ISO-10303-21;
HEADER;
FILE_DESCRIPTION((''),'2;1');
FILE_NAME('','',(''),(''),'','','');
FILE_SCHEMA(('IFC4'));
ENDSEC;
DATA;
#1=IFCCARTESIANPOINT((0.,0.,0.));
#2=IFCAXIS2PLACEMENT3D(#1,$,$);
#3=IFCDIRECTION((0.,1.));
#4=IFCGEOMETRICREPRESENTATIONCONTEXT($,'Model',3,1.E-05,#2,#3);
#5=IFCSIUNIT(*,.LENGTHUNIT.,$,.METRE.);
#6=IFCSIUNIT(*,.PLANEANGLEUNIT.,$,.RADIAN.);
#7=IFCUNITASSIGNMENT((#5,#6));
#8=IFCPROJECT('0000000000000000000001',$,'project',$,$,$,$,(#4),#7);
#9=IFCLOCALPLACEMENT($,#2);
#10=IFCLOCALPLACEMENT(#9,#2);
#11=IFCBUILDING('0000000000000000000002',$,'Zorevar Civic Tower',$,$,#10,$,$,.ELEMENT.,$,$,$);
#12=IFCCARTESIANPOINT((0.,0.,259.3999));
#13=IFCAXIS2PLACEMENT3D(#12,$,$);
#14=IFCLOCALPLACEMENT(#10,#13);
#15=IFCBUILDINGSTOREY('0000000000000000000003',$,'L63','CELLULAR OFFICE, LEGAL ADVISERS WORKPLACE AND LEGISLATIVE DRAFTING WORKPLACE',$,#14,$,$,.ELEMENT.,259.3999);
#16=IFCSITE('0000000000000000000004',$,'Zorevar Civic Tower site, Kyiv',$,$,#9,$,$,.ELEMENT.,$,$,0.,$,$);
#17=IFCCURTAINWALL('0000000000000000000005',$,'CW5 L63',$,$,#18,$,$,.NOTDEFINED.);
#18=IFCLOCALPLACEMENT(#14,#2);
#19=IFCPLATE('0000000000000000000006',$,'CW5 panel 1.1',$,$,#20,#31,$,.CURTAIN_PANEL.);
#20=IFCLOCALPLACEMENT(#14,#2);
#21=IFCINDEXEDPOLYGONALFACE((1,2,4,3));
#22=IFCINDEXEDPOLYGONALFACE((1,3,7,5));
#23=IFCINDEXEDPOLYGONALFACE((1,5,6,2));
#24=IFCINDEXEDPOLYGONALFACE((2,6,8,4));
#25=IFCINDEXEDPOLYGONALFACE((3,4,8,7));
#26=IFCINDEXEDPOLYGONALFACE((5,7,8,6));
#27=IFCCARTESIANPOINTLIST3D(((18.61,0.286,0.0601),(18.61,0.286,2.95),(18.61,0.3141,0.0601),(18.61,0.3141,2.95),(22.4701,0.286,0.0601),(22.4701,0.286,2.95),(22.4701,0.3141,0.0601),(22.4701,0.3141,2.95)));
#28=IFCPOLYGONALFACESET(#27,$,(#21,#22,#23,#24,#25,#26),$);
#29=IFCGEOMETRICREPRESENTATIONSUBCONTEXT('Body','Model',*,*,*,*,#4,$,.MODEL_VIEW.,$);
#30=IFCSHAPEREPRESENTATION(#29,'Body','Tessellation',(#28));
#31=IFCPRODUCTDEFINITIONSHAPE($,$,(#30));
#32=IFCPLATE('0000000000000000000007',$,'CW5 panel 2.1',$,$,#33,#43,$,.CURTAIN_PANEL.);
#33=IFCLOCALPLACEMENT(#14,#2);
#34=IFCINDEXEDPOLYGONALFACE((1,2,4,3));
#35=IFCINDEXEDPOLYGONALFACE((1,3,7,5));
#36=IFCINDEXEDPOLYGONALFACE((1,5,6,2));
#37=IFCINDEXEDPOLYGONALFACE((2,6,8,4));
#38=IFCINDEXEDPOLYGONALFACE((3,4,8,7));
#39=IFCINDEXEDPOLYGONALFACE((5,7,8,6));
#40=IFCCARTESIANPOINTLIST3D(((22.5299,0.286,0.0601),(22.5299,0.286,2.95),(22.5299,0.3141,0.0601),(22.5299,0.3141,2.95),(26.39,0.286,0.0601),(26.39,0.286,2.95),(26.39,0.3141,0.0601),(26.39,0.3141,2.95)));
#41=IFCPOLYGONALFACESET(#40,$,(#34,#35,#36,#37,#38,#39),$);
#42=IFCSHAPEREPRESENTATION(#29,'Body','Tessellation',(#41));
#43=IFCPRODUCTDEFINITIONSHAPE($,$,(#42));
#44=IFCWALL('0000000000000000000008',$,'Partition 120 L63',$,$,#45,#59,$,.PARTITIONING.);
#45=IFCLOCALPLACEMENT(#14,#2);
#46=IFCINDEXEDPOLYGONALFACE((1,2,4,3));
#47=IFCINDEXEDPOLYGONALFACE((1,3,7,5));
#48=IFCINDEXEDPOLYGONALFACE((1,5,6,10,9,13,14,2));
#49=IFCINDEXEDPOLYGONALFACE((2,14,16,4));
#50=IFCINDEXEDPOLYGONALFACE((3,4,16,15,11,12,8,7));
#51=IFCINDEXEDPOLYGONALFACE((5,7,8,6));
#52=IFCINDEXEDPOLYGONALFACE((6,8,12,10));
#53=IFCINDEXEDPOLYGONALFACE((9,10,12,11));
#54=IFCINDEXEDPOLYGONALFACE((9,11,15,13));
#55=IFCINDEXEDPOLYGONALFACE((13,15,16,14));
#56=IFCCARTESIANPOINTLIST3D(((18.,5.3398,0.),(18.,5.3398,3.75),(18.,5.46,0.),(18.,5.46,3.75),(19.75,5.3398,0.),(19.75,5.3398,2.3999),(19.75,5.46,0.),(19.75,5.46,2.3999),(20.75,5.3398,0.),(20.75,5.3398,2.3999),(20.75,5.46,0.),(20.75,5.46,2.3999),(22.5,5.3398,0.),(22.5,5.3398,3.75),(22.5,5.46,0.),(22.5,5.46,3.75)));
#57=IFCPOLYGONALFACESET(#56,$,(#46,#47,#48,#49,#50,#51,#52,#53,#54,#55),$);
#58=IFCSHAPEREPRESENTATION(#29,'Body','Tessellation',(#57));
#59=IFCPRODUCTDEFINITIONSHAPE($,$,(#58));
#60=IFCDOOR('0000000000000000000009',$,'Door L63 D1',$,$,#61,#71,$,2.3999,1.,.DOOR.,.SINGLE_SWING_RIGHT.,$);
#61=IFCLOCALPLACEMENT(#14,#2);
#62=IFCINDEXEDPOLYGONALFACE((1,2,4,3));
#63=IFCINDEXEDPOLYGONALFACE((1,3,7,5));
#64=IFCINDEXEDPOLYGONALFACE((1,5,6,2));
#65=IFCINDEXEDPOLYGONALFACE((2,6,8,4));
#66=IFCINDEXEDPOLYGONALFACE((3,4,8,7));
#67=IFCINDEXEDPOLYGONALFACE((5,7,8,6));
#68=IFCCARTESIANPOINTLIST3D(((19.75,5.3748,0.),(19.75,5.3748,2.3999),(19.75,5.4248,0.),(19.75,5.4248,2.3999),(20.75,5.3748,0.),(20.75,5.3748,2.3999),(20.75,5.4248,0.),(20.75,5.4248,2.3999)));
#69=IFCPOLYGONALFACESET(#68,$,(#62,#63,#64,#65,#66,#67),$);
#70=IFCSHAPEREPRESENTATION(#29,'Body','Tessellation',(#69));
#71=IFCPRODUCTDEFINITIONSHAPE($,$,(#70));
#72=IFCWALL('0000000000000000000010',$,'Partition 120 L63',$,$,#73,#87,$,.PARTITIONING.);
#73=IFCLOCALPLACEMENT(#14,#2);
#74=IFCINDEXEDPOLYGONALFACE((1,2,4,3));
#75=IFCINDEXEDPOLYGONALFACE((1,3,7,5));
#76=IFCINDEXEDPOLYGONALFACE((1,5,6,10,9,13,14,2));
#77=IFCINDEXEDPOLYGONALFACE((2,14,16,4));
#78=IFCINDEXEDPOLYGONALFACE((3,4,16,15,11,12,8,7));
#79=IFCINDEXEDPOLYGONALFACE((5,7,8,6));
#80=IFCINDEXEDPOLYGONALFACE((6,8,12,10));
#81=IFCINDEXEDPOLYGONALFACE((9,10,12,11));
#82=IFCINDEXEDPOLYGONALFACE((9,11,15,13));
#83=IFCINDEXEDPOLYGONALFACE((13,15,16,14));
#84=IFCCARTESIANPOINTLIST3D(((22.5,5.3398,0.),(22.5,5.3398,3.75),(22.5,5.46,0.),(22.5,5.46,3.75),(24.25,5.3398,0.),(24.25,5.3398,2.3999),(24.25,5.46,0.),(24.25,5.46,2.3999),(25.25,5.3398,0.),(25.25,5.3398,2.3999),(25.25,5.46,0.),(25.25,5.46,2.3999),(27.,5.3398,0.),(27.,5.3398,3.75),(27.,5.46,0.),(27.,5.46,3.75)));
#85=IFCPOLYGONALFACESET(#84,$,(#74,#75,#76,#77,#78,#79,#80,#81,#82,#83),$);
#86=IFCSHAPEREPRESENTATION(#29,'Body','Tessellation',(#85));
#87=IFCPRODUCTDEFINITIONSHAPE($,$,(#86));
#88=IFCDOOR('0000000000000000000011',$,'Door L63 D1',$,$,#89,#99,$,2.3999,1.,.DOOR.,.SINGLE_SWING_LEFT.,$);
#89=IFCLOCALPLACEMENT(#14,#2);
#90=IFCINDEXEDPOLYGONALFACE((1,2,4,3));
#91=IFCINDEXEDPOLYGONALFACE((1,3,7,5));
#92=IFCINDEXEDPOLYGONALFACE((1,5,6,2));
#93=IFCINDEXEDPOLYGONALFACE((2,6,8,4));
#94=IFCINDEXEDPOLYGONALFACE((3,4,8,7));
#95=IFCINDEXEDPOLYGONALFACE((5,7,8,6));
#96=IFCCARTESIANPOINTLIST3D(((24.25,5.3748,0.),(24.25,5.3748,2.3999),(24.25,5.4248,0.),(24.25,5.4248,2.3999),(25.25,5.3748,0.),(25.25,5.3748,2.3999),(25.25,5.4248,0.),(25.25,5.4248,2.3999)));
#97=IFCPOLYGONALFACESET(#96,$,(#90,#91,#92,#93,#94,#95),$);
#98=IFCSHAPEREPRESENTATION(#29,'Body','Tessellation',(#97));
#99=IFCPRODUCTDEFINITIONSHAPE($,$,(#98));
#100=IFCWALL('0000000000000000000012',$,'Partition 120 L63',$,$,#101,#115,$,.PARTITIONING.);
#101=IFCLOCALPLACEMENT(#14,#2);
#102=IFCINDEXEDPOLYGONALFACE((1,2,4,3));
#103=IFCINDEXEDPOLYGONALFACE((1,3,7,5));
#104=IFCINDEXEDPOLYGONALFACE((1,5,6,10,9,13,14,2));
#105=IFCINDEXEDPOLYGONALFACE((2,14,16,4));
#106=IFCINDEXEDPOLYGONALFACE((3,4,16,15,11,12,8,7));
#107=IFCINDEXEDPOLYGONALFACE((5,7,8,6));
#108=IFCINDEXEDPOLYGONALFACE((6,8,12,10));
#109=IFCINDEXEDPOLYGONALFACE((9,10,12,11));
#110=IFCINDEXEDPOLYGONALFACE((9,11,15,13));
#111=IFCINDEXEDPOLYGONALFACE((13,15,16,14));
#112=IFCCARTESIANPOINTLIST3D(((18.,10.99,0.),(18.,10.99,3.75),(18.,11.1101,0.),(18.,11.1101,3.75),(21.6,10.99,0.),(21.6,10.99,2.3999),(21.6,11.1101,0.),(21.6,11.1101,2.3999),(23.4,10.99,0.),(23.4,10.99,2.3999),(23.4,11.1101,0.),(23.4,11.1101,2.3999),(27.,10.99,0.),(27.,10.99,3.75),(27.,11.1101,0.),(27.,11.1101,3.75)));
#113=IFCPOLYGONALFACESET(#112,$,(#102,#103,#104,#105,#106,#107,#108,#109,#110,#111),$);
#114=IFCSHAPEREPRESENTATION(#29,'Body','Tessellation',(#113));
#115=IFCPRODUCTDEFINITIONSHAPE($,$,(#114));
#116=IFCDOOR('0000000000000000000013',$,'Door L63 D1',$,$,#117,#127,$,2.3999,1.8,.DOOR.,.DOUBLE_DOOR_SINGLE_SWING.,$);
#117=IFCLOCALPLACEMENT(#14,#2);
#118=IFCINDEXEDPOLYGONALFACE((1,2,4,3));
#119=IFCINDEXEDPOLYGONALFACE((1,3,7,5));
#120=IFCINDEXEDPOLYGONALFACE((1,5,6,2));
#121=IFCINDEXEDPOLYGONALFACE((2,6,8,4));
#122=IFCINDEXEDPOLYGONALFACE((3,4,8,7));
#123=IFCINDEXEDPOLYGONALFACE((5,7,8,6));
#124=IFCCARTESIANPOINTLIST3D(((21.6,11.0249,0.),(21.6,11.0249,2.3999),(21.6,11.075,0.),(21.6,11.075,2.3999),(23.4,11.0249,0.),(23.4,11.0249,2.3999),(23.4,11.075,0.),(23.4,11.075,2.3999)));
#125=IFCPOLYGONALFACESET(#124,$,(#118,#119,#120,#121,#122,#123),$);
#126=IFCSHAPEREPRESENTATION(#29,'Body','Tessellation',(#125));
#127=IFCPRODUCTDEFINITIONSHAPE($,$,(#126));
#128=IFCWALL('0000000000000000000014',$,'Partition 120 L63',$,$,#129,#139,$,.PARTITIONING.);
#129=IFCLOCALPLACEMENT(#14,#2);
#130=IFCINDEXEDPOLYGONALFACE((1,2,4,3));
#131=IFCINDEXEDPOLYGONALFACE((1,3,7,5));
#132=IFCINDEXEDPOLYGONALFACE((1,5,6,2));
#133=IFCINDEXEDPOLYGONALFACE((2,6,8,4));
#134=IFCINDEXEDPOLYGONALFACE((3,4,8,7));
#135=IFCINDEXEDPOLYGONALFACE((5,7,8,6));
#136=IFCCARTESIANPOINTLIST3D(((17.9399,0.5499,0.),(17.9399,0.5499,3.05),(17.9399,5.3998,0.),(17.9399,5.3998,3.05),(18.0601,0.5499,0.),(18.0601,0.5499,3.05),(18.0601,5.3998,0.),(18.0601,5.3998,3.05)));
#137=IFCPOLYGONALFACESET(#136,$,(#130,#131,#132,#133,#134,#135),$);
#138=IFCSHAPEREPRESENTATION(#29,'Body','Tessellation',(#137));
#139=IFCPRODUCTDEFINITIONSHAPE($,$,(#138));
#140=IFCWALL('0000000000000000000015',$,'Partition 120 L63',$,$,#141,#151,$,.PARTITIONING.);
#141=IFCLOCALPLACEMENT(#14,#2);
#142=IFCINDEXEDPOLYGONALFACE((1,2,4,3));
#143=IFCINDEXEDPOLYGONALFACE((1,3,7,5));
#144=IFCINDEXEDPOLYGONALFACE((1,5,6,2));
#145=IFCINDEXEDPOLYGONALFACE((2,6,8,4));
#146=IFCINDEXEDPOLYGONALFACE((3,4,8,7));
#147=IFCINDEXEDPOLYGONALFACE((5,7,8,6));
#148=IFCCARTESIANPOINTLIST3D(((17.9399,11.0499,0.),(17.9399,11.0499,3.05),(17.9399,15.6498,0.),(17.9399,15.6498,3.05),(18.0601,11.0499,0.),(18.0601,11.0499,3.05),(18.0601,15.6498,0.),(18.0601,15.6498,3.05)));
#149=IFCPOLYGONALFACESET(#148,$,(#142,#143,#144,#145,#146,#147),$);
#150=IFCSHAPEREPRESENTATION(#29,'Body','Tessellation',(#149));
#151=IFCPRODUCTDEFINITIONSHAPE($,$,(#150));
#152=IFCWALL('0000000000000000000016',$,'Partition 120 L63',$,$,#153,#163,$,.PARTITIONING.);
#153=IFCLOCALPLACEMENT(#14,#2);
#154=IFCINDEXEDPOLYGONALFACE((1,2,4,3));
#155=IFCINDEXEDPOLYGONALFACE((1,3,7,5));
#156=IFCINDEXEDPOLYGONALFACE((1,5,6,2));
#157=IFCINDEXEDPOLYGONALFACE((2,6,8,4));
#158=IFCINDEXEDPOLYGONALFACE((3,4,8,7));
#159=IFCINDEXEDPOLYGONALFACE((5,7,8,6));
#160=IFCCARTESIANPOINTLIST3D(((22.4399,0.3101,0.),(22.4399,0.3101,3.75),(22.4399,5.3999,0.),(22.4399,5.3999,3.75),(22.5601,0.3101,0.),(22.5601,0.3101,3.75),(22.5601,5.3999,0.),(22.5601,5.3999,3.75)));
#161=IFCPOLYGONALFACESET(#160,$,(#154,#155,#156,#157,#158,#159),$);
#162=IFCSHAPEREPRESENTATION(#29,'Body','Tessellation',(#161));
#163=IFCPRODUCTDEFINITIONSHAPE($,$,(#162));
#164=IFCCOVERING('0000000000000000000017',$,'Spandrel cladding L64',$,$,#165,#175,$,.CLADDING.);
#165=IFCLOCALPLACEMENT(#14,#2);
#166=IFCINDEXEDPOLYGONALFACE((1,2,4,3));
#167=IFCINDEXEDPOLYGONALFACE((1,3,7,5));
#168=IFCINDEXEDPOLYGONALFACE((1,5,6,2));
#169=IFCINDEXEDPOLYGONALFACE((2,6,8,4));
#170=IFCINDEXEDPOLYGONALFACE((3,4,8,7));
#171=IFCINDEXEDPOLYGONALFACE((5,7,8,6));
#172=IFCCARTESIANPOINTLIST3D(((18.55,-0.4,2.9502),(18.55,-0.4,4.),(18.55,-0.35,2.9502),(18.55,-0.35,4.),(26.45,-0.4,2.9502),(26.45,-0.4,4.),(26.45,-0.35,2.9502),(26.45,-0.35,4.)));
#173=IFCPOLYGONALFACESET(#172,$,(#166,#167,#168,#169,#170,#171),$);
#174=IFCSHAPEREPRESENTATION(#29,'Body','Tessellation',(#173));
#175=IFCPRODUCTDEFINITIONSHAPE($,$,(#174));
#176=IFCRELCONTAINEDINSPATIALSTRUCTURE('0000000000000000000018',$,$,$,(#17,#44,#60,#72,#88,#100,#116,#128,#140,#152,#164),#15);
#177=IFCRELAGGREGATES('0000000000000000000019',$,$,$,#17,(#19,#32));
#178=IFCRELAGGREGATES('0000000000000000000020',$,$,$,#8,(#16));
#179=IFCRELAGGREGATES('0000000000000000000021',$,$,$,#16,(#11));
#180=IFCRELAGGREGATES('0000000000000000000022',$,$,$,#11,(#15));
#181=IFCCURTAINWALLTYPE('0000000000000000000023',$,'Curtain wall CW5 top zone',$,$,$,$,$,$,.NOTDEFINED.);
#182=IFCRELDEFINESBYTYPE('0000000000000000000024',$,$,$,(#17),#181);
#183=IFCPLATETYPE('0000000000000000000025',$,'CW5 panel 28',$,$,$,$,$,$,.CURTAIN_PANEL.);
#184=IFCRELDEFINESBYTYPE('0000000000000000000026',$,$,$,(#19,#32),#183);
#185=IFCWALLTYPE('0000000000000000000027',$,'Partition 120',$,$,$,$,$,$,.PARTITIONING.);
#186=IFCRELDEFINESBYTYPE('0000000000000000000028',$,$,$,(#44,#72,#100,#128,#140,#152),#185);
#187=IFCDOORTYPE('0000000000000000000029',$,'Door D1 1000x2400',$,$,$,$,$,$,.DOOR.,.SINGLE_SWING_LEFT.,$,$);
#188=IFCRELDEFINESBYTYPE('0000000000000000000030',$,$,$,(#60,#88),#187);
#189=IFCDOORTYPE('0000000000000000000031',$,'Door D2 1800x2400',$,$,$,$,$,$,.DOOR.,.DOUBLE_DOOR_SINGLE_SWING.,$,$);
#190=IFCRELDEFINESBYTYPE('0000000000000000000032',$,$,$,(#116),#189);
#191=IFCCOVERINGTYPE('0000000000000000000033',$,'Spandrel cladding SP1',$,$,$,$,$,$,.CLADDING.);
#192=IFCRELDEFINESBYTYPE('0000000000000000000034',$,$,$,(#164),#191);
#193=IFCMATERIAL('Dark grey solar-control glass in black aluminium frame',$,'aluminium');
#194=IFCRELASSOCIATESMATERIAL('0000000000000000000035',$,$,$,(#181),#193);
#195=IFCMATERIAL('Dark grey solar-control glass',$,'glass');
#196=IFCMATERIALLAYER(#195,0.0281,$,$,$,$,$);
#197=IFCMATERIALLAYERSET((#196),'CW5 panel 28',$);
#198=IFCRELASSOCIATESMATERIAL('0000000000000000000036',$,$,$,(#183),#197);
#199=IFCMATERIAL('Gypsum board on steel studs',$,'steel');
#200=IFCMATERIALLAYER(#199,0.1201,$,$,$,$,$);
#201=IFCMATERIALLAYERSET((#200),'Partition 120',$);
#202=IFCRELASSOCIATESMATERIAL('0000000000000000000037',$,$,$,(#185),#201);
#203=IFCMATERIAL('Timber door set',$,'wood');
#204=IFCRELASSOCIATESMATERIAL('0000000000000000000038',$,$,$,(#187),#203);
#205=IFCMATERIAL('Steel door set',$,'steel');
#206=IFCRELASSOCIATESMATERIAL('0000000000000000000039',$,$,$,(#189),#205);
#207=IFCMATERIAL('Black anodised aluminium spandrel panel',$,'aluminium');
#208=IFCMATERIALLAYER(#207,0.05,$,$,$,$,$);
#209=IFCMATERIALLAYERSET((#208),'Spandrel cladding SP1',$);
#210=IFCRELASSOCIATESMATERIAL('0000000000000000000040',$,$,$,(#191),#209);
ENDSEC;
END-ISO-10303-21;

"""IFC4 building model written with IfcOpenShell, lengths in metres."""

from ifc_helpers import new_model, si_unit, direction, frame, frame_2d, origin, origin_2d, place, context, subcontext, project, spatial, rectangle, extrude, material, layer, layer_set, type_object, element, fill, aggregate, save


model = new_model("IFC4")

# Units and contexts
model_context = context("Model", 3, precision=1e-05, world=origin(), true_north=direction((0.0, 1.0)))
body_context = subcontext(model_context, "Body", "Model", "MODEL_VIEW")
ifc_project = project(units=[si_unit("LENGTHUNIT", "METRE"), si_unit("PLANEANGLEUNIT", "RADIAN")], contexts=[model_context])

# Site, building, storey
site_placement = place(None, origin())
site = spatial("IfcSite", under=ifc_project, at=site_placement, Name="Zorevar Civic Tower site, Kyiv", CompositionType="ELEMENT", RefElevation=0.0)
building_placement = place(site_placement, origin())
building = spatial("IfcBuilding", under=site, at=building_placement, Name="Zorevar Civic Tower", CompositionType="ELEMENT")
storey_placement = place(building_placement, frame((0.0, 0.0, 259.3999)))
storey = spatial("IfcBuildingStorey", under=building, at=storey_placement, Name="L63", Description="CELLULAR OFFICE, LEGAL ADVISERS WORKPLACE AND LEGISLATIVE DRAFTING WORKPLACE", CompositionType="ELEMENT", Elevation=259.3999)

# Curtain wall
ifc_material_1 = material(Name="Dark grey solar-control glass in black aluminium frame", Category="aluminium")
curtain_wall_type = type_object("IfcCurtainWallType", Name="Curtain wall CW5 top zone", PredefinedType="NOTDEFINED", material=ifc_material_1)
curtain_wall_1_placement = place(storey_placement, origin())
curtain_wall_1 = element("IfcCurtainWall", 1, at=curtain_wall_1_placement, inside=storey, type_object=curtain_wall_type, Name="CW5 L63", PredefinedType="NOTDEFINED")

# Plates
ifc_material_2 = material(Name="Dark grey solar-control glass", Category="glass")
ifc_layer_1 = layer(ifc_material_2, 0.0281)
ifc_layer_set_1 = layer_set([ifc_layer_1], Name="CW5 panel 28")
plate_type = type_object("IfcPlateType", Name="CW5 panel 28", PredefinedType="CURTAIN_PANEL", material=ifc_layer_set_1)
plate_1_placement = place(storey_placement, frame((20.54, 0.3, 0.0601), z_axis=(0.0, 0.0, 1.0), x_axis=(1.0, 0.0, 0.0)))
plate_1 = element("IfcPlate", 2, at=plate_1_placement, type_object=plate_type, Name="CW5 panel 1.1", PredefinedType="CURTAIN_PANEL", context=body_context, shape_type="SweptSolid", body=[
    extrude(rectangle(XDim=3.8601, YDim=0.0281, at=origin_2d()), origin(), (0.0, 0.0, 1.0), 2.8899),
])
plate_2_placement = place(storey_placement, frame((24.46, 0.3, 0.0601), z_axis=(0.0, 0.0, 1.0), x_axis=(1.0, 0.0, 0.0)))
plate_2 = element("IfcPlate", 3, at=plate_2_placement, type_object=plate_type, Name="CW5 panel 2.1", PredefinedType="CURTAIN_PANEL", context=body_context, shape_type="SweptSolid", body=[
    extrude(rectangle(XDim=3.8601, YDim=0.0281, at=origin_2d()), origin(), (0.0, 0.0, 1.0), 2.8899),
])
aggregate(curtain_wall_1, [plate_1, plate_2])

# Walls, openings, doors
ifc_material_3 = material(Name="Gypsum board on steel studs", Category="steel")
ifc_layer_2 = layer(ifc_material_3, 0.1201)
ifc_layer_set_2 = layer_set([ifc_layer_2], Name="Partition 120")
wall_type = type_object("IfcWallType", Name="Partition 120", PredefinedType="PARTITIONING", material=ifc_layer_set_2)
wall_1_placement = place(storey_placement, frame((18.0, 5.3999, 0.0), z_axis=(0.0, 0.0, 1.0), x_axis=(1.0, 0.0, 0.0)))
wall_1 = element("IfcWall", 4, at=wall_1_placement, inside=storey, type_object=wall_type, Name="Partition 120 L63", PredefinedType="PARTITIONING", context=body_context, shape_type="SweptSolid", body=[
    extrude(rectangle(XDim=4.5, YDim=0.1201, at=frame_2d((2.25, 0.0))), origin(), (0.0, 0.0, 1.0), 3.75),
])
opening_1_placement = place(wall_1_placement, frame((1.75, 0.0, 0.0)))
opening_1 = element("IfcOpeningElement", 5, at=opening_1_placement, cuts=wall_1, PredefinedType="OPENING", context=body_context, shape_type="SweptSolid", body=[
    extrude(rectangle(XDim=1.0, YDim=2.3999, at=frame_2d((0.5, 1.2))), frame((0.0, 0.0701, 0.0), z_axis=(0.0, -1.0, 0.0), x_axis=(1.0, 0.0, 0.0)), (0.0, 0.0, 1.0), 0.1401),
])
ifc_material_4 = material(Name="Timber door set", Category="wood")
door_type_1 = type_object("IfcDoorType", Name="Door D1 1000x2400", OperationType="SINGLE_SWING_LEFT", PredefinedType="DOOR", material=ifc_material_4)
door_1_placement = place(opening_1_placement, origin())
door_1 = element("IfcDoor", 6, at=door_1_placement, inside=storey, type_object=door_type_1, Name="Door L63 D1", OperationType="SINGLE_SWING_RIGHT", OverallHeight=2.3999, OverallWidth=1.0, PredefinedType="DOOR", context=body_context, shape_type="SweptSolid", body=[
    extrude(rectangle(XDim=1.0, YDim=2.3999, at=frame_2d((0.5, 1.2))), frame((0.0, 0.0249, 0.0), z_axis=(0.0, -1.0, 0.0), x_axis=(1.0, 0.0, 0.0)), (0.0, 0.0, 1.0), 0.05),
])
fill(opening_1, door_1)
wall_2_placement = place(storey_placement, frame((22.5, 5.3999, 0.0), z_axis=(0.0, 0.0, 1.0), x_axis=(1.0, 0.0, 0.0)))
wall_2 = element("IfcWall", 7, at=wall_2_placement, inside=storey, type_object=wall_type, Name="Partition 120 L63", PredefinedType="PARTITIONING", context=body_context, shape_type="SweptSolid", body=[
    extrude(rectangle(XDim=4.5, YDim=0.1201, at=frame_2d((2.25, 0.0))), origin(), (0.0, 0.0, 1.0), 3.75),
])
opening_2_placement = place(wall_2_placement, frame((1.75, 0.0, 0.0)))
opening_2 = element("IfcOpeningElement", 8, at=opening_2_placement, cuts=wall_2, PredefinedType="OPENING", context=body_context, shape_type="SweptSolid", body=[
    extrude(rectangle(XDim=1.0, YDim=2.3999, at=frame_2d((0.5, 1.2))), frame((0.0, 0.0701, 0.0), z_axis=(0.0, -1.0, 0.0), x_axis=(1.0, 0.0, 0.0)), (0.0, 0.0, 1.0), 0.1401),
])
door_2_placement = place(opening_2_placement, origin())
door_2 = element("IfcDoor", 9, at=door_2_placement, inside=storey, type_object=door_type_1, Name="Door L63 D1", OperationType="SINGLE_SWING_LEFT", OverallHeight=2.3999, OverallWidth=1.0, PredefinedType="DOOR", context=body_context, shape_type="SweptSolid", body=[
    extrude(rectangle(XDim=1.0, YDim=2.3999, at=frame_2d((0.5, 1.2))), frame((0.0, 0.0249, 0.0), z_axis=(0.0, -1.0, 0.0), x_axis=(1.0, 0.0, 0.0)), (0.0, 0.0, 1.0), 0.05),
])
fill(opening_2, door_2)
wall_3_placement = place(storey_placement, frame((18.0, 11.05, 0.0), z_axis=(0.0, 0.0, 1.0), x_axis=(1.0, 0.0, 0.0)))
wall_3 = element("IfcWall", 10, at=wall_3_placement, inside=storey, type_object=wall_type, Name="Partition 120 L63", PredefinedType="PARTITIONING", context=body_context, shape_type="SweptSolid", body=[
    extrude(rectangle(XDim=9.0, YDim=0.1201, at=frame_2d((4.5, 0.0))), origin(), (0.0, 0.0, 1.0), 3.75),
])
opening_3_placement = place(wall_3_placement, frame((3.6001, 0.0, 0.0)))
opening_3 = element("IfcOpeningElement", 11, at=opening_3_placement, cuts=wall_3, PredefinedType="OPENING", context=body_context, shape_type="SweptSolid", body=[
    extrude(rectangle(XDim=1.8, YDim=2.3999, at=frame_2d((0.8999, 1.2))), frame((0.0, 0.0701, 0.0), z_axis=(0.0, -1.0, 0.0), x_axis=(1.0, 0.0, 0.0)), (0.0, 0.0, 1.0), 0.1401),
])
ifc_material_5 = material(Name="Steel door set", Category="steel")
door_type_2 = type_object("IfcDoorType", Name="Door D2 1800x2400", OperationType="DOUBLE_DOOR_SINGLE_SWING", PredefinedType="DOOR", material=ifc_material_5)
door_3_placement = place(opening_3_placement, origin())
door_3 = element("IfcDoor", 12, at=door_3_placement, inside=storey, type_object=door_type_2, Name="Door L63 D1", OperationType="DOUBLE_DOOR_SINGLE_SWING", OverallHeight=2.3999, OverallWidth=1.8, PredefinedType="DOOR", context=body_context, shape_type="SweptSolid", body=[
    extrude(rectangle(XDim=1.8, YDim=2.3999, at=frame_2d((0.8999, 1.2))), frame((0.0, 0.0249, 0.0), z_axis=(0.0, -1.0, 0.0), x_axis=(1.0, 0.0, 0.0)), (0.0, 0.0, 1.0), 0.05),
])
fill(opening_3, door_3)

# Walls
wall_4_placement = place(storey_placement, frame((18.0, 0.55, 0.0), z_axis=(0.0, 0.0, 1.0), x_axis=(0.0, 1.0, 0.0)))
element("IfcWall", 13, at=wall_4_placement, inside=storey, type_object=wall_type, Name="Partition 120 L63", PredefinedType="PARTITIONING", context=body_context, shape_type="SweptSolid", body=[
    extrude(rectangle(XDim=4.8499, YDim=0.1201, at=frame_2d((2.4248, 0.0))), origin(), (0.0, 0.0, 1.0), 3.05),
])
wall_5_placement = place(storey_placement, frame((18.0, 11.05, 0.0), z_axis=(0.0, 0.0, 1.0), x_axis=(0.0, 1.0, 0.0)))
element("IfcWall", 14, at=wall_5_placement, inside=storey, type_object=wall_type, Name="Partition 120 L63", PredefinedType="PARTITIONING", context=body_context, shape_type="SweptSolid", body=[
    extrude(rectangle(XDim=4.5999, YDim=0.1201, at=frame_2d((2.2998, 0.0))), origin(), (0.0, 0.0, 1.0), 3.05),
])
wall_6_placement = place(storey_placement, frame((22.5, 0.3101, 0.0), z_axis=(0.0, 0.0, 1.0), x_axis=(0.0, 1.0, 0.0)))
element("IfcWall", 15, at=wall_6_placement, inside=storey, type_object=wall_type, Name="Partition 120 L63", PredefinedType="PARTITIONING", context=body_context, shape_type="SweptSolid", body=[
    extrude(rectangle(XDim=5.0898, YDim=0.1201, at=frame_2d((2.5449, 0.0))), origin(), (0.0, 0.0, 1.0), 3.75),
])

# Covering
ifc_material_6 = material(Name="Black anodised aluminium spandrel panel", Category="aluminium")
ifc_layer_3 = layer(ifc_material_6, 0.05)
ifc_layer_set_3 = layer_set([ifc_layer_3], Name="Spandrel cladding SP1")
covering_type = type_object("IfcCoveringType", Name="Spandrel cladding SP1", PredefinedType="CLADDING", material=ifc_layer_set_3)
covering_placement = place(storey_placement, frame((18.55, -0.375, 2.9502), z_axis=(0.0, 0.0, 1.0), x_axis=(1.0, 0.0, 0.0)))
element("IfcCovering", 16, at=covering_placement, inside=storey, type_object=covering_type, Name="Spandrel cladding L64", PredefinedType="CLADDING", context=body_context, shape_type="SweptSolid", body=[
    extrude(rectangle(XDim=7.8999, YDim=0.05, at=frame_2d((3.95, 0.0))), origin(), (0.0, 0.0, 1.0), 1.0498),
])

save(model, "model.ifc")
